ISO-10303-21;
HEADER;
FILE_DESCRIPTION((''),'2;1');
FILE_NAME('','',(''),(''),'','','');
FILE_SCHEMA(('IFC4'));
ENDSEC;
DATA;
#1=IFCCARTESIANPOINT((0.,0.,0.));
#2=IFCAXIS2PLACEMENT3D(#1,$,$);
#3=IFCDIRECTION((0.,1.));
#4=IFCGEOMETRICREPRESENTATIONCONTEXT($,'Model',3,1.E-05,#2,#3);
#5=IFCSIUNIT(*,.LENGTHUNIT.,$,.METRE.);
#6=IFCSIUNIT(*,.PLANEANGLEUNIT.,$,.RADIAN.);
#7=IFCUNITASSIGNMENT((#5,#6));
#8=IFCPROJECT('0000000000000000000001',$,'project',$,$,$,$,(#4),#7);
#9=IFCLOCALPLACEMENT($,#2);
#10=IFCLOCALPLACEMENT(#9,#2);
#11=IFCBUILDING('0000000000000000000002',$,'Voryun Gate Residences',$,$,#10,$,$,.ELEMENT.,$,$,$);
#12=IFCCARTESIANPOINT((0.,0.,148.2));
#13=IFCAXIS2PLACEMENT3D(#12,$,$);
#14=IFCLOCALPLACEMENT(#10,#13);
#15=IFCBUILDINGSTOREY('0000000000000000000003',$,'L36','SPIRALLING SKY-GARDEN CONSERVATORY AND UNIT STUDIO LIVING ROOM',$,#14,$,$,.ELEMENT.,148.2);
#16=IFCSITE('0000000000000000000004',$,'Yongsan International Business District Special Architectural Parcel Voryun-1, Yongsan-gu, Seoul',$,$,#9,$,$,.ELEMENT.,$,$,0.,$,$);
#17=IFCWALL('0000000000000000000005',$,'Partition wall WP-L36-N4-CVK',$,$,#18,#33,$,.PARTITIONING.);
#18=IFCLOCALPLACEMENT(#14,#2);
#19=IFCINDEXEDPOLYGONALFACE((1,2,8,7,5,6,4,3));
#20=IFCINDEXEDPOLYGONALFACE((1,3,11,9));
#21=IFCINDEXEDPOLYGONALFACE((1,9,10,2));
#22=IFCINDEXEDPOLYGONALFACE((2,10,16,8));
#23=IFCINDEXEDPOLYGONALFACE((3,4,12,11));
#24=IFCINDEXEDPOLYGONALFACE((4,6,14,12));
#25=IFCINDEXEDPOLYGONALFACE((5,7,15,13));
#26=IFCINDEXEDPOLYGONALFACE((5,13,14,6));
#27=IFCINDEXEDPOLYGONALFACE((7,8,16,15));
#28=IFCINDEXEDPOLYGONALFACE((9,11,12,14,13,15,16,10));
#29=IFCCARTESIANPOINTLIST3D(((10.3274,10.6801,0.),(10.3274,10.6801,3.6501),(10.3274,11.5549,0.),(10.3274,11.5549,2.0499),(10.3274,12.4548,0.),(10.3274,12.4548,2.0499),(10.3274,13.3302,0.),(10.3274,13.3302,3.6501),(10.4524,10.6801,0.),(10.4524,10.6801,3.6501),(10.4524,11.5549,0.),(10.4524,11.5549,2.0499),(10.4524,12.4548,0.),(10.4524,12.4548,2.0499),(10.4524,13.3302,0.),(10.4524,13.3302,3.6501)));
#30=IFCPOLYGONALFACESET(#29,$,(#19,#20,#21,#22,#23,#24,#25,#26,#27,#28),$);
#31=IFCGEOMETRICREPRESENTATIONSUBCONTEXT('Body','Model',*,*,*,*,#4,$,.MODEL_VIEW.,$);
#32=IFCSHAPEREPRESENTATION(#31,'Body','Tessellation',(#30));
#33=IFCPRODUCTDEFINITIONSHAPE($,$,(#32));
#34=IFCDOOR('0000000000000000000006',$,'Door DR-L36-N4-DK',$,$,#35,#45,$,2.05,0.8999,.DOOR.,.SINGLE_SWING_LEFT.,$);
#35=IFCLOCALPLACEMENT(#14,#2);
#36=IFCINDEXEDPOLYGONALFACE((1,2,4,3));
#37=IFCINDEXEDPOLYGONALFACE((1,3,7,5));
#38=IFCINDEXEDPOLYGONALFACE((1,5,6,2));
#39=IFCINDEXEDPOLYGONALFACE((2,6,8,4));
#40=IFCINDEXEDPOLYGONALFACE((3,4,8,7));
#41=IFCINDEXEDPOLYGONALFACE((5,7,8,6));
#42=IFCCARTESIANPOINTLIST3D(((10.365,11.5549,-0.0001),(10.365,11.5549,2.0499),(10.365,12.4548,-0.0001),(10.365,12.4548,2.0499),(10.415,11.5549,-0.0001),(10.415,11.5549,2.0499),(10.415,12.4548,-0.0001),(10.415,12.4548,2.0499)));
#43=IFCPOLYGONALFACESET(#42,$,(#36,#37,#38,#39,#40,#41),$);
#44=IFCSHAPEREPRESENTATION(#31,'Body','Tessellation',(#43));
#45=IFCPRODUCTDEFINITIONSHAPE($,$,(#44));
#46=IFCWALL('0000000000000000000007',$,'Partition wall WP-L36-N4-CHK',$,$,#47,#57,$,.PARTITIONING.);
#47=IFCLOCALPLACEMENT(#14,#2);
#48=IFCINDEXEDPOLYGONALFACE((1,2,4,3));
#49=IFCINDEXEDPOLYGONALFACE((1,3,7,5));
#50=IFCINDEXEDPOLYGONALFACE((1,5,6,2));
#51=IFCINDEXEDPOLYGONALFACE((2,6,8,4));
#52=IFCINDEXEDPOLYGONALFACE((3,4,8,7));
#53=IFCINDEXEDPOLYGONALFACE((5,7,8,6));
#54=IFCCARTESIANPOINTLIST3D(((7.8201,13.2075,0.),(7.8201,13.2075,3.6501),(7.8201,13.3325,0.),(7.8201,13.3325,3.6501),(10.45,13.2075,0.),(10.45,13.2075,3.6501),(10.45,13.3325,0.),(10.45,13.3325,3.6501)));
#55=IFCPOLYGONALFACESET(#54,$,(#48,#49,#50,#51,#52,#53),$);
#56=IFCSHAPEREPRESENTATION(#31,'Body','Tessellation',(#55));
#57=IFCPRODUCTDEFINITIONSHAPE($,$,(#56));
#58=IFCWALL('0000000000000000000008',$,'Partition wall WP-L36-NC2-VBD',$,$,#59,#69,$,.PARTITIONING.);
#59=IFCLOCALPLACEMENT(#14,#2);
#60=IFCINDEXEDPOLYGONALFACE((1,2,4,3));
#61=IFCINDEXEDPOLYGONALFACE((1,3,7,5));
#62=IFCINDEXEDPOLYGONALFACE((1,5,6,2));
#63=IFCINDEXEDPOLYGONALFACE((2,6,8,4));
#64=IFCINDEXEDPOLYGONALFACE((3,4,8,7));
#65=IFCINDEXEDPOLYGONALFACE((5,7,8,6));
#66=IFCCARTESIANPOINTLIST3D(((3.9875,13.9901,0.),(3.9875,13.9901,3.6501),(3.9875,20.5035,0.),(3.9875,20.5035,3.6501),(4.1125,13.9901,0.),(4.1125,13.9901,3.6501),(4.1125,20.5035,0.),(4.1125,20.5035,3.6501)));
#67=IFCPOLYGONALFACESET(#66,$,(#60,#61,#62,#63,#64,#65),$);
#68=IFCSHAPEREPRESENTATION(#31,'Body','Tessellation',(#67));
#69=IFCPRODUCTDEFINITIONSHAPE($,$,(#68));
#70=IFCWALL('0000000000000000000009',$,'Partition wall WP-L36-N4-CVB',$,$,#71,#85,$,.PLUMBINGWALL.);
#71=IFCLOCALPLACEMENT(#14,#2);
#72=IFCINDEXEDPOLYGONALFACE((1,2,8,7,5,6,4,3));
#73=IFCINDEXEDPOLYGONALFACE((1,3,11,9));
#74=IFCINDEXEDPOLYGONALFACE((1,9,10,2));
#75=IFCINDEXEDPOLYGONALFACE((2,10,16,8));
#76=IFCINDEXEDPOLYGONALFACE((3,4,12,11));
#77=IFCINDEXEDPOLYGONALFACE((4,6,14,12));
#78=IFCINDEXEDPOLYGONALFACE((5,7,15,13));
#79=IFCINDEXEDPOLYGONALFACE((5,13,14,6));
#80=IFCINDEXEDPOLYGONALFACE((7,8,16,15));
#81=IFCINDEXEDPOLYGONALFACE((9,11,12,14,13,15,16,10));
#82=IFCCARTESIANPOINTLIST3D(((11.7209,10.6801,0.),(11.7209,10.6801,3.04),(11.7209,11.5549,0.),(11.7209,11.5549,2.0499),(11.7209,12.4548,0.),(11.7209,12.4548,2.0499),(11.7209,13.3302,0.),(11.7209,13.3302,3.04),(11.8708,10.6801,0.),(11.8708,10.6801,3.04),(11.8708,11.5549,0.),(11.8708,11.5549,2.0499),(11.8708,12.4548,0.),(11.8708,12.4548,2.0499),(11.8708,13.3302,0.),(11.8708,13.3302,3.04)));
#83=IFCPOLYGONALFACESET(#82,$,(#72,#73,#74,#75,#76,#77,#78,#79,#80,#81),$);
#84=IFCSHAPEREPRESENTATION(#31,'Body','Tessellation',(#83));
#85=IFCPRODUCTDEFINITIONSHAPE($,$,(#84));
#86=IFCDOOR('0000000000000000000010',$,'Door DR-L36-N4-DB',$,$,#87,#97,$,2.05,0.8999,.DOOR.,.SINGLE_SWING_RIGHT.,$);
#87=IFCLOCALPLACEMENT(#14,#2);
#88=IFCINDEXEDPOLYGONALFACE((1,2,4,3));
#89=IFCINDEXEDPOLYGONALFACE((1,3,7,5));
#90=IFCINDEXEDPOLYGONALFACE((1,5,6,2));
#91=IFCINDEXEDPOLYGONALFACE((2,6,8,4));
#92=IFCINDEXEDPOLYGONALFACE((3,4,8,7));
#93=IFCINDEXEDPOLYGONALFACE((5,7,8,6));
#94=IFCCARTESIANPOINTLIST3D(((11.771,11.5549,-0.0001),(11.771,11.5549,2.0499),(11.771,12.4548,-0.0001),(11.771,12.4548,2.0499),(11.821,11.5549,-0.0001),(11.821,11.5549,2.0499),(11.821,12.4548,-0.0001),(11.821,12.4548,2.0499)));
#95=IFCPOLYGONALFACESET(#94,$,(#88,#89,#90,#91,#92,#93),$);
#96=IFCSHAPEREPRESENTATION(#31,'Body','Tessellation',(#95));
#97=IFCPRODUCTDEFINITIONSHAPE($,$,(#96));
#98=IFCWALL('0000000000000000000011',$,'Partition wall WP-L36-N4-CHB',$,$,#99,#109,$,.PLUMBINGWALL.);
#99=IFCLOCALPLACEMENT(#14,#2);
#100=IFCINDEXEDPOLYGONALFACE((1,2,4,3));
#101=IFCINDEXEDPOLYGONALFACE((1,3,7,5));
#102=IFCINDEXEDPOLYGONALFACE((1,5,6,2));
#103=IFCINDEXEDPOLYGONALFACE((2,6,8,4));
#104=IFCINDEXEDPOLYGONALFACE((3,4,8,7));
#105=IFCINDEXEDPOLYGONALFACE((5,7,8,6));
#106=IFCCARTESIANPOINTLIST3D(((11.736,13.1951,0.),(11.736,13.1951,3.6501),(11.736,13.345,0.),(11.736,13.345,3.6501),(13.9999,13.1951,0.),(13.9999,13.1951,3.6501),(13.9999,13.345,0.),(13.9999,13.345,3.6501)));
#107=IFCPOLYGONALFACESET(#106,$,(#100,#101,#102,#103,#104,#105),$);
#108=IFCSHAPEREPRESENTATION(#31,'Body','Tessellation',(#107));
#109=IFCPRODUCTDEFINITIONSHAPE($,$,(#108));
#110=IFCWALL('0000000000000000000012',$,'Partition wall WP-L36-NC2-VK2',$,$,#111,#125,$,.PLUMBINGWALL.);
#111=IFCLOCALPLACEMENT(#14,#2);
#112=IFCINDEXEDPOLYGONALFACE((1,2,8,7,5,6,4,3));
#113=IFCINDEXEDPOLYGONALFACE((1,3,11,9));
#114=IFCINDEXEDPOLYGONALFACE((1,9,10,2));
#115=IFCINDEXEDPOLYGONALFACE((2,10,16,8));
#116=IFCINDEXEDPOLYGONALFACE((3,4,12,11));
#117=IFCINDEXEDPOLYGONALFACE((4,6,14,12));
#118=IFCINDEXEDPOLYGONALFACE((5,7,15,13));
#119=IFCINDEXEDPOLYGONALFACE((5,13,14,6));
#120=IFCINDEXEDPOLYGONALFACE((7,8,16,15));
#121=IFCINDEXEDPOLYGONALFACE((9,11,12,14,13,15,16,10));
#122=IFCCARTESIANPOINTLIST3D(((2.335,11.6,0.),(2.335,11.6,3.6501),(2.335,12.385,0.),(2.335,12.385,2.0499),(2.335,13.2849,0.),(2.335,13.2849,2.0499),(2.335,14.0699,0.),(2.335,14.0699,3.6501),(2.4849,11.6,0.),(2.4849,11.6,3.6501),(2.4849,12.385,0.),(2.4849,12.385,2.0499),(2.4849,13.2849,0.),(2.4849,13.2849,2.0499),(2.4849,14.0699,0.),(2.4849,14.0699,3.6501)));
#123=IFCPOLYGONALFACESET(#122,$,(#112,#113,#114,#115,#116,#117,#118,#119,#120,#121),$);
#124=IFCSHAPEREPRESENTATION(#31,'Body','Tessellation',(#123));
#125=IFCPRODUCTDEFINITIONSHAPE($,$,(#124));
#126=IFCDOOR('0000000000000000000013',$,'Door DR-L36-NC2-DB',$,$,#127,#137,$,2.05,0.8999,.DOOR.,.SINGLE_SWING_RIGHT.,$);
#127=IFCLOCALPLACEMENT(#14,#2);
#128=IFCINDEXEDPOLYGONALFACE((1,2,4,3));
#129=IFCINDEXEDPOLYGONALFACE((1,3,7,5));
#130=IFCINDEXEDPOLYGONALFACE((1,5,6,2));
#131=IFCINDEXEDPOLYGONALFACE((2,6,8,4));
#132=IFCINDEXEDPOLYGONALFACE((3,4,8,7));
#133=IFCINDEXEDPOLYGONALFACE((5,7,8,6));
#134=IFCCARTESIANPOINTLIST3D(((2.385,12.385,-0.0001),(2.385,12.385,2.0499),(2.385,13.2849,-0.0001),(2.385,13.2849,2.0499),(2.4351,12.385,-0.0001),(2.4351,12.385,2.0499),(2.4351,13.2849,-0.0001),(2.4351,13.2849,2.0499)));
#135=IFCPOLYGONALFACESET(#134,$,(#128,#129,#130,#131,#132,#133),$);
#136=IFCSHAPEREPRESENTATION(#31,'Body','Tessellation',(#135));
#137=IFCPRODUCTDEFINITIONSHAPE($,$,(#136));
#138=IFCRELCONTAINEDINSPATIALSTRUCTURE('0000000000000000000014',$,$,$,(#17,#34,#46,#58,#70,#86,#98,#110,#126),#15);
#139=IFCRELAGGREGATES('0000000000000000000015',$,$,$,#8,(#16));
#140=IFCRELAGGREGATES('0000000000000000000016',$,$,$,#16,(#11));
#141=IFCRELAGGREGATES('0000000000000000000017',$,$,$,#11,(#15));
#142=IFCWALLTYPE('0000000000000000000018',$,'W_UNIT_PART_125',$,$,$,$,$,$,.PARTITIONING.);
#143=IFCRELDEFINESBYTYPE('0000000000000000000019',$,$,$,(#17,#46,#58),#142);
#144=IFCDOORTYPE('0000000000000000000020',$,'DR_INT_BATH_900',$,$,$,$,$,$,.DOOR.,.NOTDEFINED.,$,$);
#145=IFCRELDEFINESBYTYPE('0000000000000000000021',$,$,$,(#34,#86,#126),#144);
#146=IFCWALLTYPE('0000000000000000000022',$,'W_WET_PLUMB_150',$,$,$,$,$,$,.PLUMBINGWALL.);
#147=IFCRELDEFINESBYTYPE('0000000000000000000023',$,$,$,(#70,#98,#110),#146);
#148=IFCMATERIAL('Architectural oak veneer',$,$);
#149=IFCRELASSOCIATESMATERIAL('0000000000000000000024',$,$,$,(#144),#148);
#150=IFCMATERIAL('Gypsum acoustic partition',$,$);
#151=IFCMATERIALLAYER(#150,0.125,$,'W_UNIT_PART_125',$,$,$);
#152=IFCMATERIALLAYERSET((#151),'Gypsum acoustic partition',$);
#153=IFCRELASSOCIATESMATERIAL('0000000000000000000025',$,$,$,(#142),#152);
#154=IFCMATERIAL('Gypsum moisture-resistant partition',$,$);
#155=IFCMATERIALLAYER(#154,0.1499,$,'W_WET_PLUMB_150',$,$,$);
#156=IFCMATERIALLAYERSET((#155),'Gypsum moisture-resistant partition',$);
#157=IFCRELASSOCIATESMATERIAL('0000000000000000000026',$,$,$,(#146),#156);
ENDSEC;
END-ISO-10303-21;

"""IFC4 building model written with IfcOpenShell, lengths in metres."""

from ifc_helpers import new_model, si_unit, direction, frame, frame_2d, origin, place, context, subcontext, project, spatial, rectangle, extrude, material, layer, layer_set, type_object, element, fill, save


model = new_model("IFC4")

# Units and contexts
model_context = context("Model", 3, precision=1e-05, world=origin(), true_north=direction((0.0, 1.0)))
body_context = subcontext(model_context, "Body", "Model", "MODEL_VIEW")
ifc_project = project(units=[si_unit("LENGTHUNIT", "METRE"), si_unit("PLANEANGLEUNIT", "RADIAN")], contexts=[model_context])

# Site, building, storey
site_placement = place(None, origin())
site = spatial("IfcSite", under=ifc_project, at=site_placement, Name="Yongsan International Business District Special Architectural Parcel Voryun-1, Yongsan-gu, Seoul", CompositionType="ELEMENT", RefElevation=0.0)
building_placement = place(site_placement, origin())
building = spatial("IfcBuilding", under=site, at=building_placement, Name="Voryun Gate Residences", CompositionType="ELEMENT")
storey_placement = place(building_placement, frame((0.0, 0.0, 148.2)))
storey = spatial("IfcBuildingStorey", under=building, at=storey_placement, Name="L36", Description="SPIRALLING SKY-GARDEN CONSERVATORY AND UNIT STUDIO LIVING ROOM", CompositionType="ELEMENT", Elevation=148.2)

# Shared definitions
ifc_material_1 = material(Name="Architectural oak veneer")
door_type_1 = type_object("IfcDoorType", Name="DR_INT_BATH_900", OperationType="NOTDEFINED", PredefinedType="DOOR", material=ifc_material_1)

# Wall, opening, door
ifc_material_2 = material(Name="Gypsum acoustic partition")
ifc_layer_1 = layer(ifc_material_2, 0.125, Name="W_UNIT_PART_125")
ifc_layer_set_1 = layer_set([ifc_layer_1], Name="Gypsum acoustic partition")
wall_type_1 = type_object("IfcWallType", Name="W_UNIT_PART_125", PredefinedType="PARTITIONING", material=ifc_layer_set_1)
wall_1_placement = place(storey_placement, frame((10.3899, 10.6799, 0.0), z_axis=(0.0, 0.0, 1.0), x_axis=(0.0, 1.0, 0.0)))
wall_1 = element("IfcWall", 1, at=wall_1_placement, inside=storey, type_object=wall_type_1, Name="Partition wall WP-L36-N4-CVK", PredefinedType="PARTITIONING", context=body_context, shape_type="SweptSolid", body=[
    extrude(rectangle(XDim=2.6501, YDim=0.125, at=frame_2d((1.3252, 0.0))), origin(), (0.0, 0.0, 1.0), 3.6501),
])
opening_1_placement = place(wall_1_placement, frame((0.875, 0.0, 0.0)))
opening_1 = element("IfcOpeningElement", 2, at=opening_1_placement, cuts=wall_1, PredefinedType="OPENING", context=body_context, shape_type="SweptSolid", body=[
    extrude(rectangle(XDim=0.8999, YDim=2.05, at=frame_2d((0.45, 1.0249))), frame((0.0, 0.0725, 0.0), z_axis=(0.0, -1.0, 0.0), x_axis=(1.0, 0.0, 0.0)), (0.0, 0.0, 1.0), 0.145),
])
door_1_placement = place(opening_1_placement, origin())
door_1 = element("IfcDoor", 3, at=door_1_placement, inside=storey, type_object=door_type_1, Name="Door DR-L36-N4-DK", OperationType="SINGLE_SWING_LEFT", OverallHeight=2.05, OverallWidth=0.8999, PredefinedType="DOOR", context=body_context, shape_type="SweptSolid", body=[
    extrude(rectangle(XDim=0.8999, YDim=2.05, at=frame_2d((0.45, 1.0249))), frame((0.0, 0.0249, 0.0), z_axis=(0.0, -1.0, 0.0), x_axis=(1.0, 0.0, 0.0)), (0.0, 0.0, 1.0), 0.05),
])
fill(opening_1, door_1)

# Walls
wall_2_placement = place(storey_placement, frame((7.8201, 13.27, 0.0), z_axis=(0.0, 0.0, 1.0), x_axis=(1.0, 0.0, 0.0)))
element("IfcWall", 4, at=wall_2_placement, inside=storey, type_object=wall_type_1, Name="Partition wall WP-L36-N4-CHK", PredefinedType="PARTITIONING", context=body_context, shape_type="SweptSolid", body=[
    extrude(rectangle(XDim=2.6299, YDim=0.125, at=frame_2d((1.3149, 0.0))), origin(), (0.0, 0.0, 1.0), 3.6501),
])
wall_3_placement = place(storey_placement, frame((4.05, 13.99, 0.0), z_axis=(0.0, 0.0, 1.0), x_axis=(0.0, 1.0, 0.0)))
element("IfcWall", 5, at=wall_3_placement, inside=storey, type_object=wall_type_1, Name="Partition wall WP-L36-NC2-VBD", PredefinedType="PARTITIONING", context=body_context, shape_type="SweptSolid", body=[
    extrude(rectangle(XDim=6.5134, YDim=0.125, at=frame_2d((3.2568, 0.0))), origin(), (0.0, 0.0, 1.0), 3.6501),
])

# Wall, opening, door
ifc_material_3 = material(Name="Gypsum moisture-resistant partition")
ifc_layer_2 = layer(ifc_material_3, 0.1499, Name="W_WET_PLUMB_150")
ifc_layer_set_2 = layer_set([ifc_layer_2], Name="Gypsum moisture-resistant partition")
wall_type_2 = type_object("IfcWallType", Name="W_WET_PLUMB_150", PredefinedType="PLUMBINGWALL", material=ifc_layer_set_2)
wall_4_placement = place(storey_placement, frame((11.7959, 10.6799, 0.0), z_axis=(0.0, 0.0, 1.0), x_axis=(0.0, 1.0, 0.0)))
wall_4 = element("IfcWall", 6, at=wall_4_placement, inside=storey, type_object=wall_type_2, Name="Partition wall WP-L36-N4-CVB", PredefinedType="PLUMBINGWALL", context=body_context, shape_type="SweptSolid", body=[
    extrude(rectangle(XDim=2.6501, YDim=0.1499, at=frame_2d((1.3252, 0.0))), origin(), (0.0, 0.0, 1.0), 3.04),
])
opening_2_placement = place(wall_4_placement, frame((0.875, 0.0, 0.0)))
opening_2 = element("IfcOpeningElement", 7, at=opening_2_placement, cuts=wall_4, PredefinedType="OPENING", context=body_context, shape_type="SweptSolid", body=[
    extrude(rectangle(XDim=0.8999, YDim=2.05, at=frame_2d((0.45, 1.0249))), frame((0.0, 0.085, 0.0), z_axis=(0.0, -1.0, 0.0), x_axis=(1.0, 0.0, 0.0)), (0.0, 0.0, 1.0), 0.1699),
])
door_2_placement = place(opening_2_placement, origin())
door_2 = element("IfcDoor", 8, at=door_2_placement, inside=storey, type_object=door_type_1, Name="Door DR-L36-N4-DB", OperationType="SINGLE_SWING_RIGHT", OverallHeight=2.05, OverallWidth=0.8999, PredefinedType="DOOR", context=body_context, shape_type="SweptSolid", body=[
    extrude(rectangle(XDim=0.8999, YDim=2.05, at=frame_2d((0.45, 1.0249))), frame((0.0, 0.0249, 0.0), z_axis=(0.0, -1.0, 0.0), x_axis=(1.0, 0.0, 0.0)), (0.0, 0.0, 1.0), 0.05),
])
fill(opening_2, door_2)

# Wall
wall_5_placement = place(storey_placement, frame((11.7361, 13.27, 0.0), z_axis=(0.0, 0.0, 1.0), x_axis=(1.0, 0.0, 0.0)))
element("IfcWall", 9, at=wall_5_placement, inside=storey, type_object=wall_type_2, Name="Partition wall WP-L36-N4-CHB", PredefinedType="PLUMBINGWALL", context=body_context, shape_type="SweptSolid", body=[
    extrude(rectangle(XDim=2.2639, YDim=0.1499, at=frame_2d((1.1318, 0.0))), origin(), (0.0, 0.0, 1.0), 3.6501),
])

# Wall, opening, door
wall_6_placement = place(storey_placement, frame((2.4099, 11.6001, 0.0), z_axis=(0.0, 0.0, 1.0), x_axis=(0.0, 1.0, 0.0)))
wall_6 = element("IfcWall", 10, at=wall_6_placement, inside=storey, type_object=wall_type_2, Name="Partition wall WP-L36-NC2-VK2", PredefinedType="PLUMBINGWALL", context=body_context, shape_type="SweptSolid", body=[
    extrude(rectangle(XDim=2.47, YDim=0.1499, at=frame_2d((1.2349, 0.0))), origin(), (0.0, 0.0, 1.0), 3.6501),
])
opening_3_placement = place(wall_6_placement, frame((0.7849, 0.0, 0.0)))
opening_3 = element("IfcOpeningElement", 11, at=opening_3_placement, cuts=wall_6, PredefinedType="OPENING", context=body_context, shape_type="SweptSolid", body=[
    extrude(rectangle(XDim=0.8999, YDim=2.05, at=frame_2d((0.45, 1.0249))), frame((0.0, 0.085, 0.0), z_axis=(0.0, -1.0, 0.0), x_axis=(1.0, 0.0, 0.0)), (0.0, 0.0, 1.0), 0.1699),
])
door_3_placement = place(opening_3_placement, origin())
door_3 = element("IfcDoor", 12, at=door_3_placement, inside=storey, type_object=door_type_1, Name="Door DR-L36-NC2-DB", OperationType="SINGLE_SWING_RIGHT", OverallHeight=2.05, OverallWidth=0.8999, PredefinedType="DOOR", context=body_context, shape_type="SweptSolid", body=[
    extrude(rectangle(XDim=0.8999, YDim=2.05, at=frame_2d((0.45, 1.0249))), frame((0.0, 0.0249, 0.0), z_axis=(0.0, -1.0, 0.0), x_axis=(1.0, 0.0, 0.0)), (0.0, 0.0, 1.0), 0.05),
])
fill(opening_3, door_3)

save(model, "model.ifc")
